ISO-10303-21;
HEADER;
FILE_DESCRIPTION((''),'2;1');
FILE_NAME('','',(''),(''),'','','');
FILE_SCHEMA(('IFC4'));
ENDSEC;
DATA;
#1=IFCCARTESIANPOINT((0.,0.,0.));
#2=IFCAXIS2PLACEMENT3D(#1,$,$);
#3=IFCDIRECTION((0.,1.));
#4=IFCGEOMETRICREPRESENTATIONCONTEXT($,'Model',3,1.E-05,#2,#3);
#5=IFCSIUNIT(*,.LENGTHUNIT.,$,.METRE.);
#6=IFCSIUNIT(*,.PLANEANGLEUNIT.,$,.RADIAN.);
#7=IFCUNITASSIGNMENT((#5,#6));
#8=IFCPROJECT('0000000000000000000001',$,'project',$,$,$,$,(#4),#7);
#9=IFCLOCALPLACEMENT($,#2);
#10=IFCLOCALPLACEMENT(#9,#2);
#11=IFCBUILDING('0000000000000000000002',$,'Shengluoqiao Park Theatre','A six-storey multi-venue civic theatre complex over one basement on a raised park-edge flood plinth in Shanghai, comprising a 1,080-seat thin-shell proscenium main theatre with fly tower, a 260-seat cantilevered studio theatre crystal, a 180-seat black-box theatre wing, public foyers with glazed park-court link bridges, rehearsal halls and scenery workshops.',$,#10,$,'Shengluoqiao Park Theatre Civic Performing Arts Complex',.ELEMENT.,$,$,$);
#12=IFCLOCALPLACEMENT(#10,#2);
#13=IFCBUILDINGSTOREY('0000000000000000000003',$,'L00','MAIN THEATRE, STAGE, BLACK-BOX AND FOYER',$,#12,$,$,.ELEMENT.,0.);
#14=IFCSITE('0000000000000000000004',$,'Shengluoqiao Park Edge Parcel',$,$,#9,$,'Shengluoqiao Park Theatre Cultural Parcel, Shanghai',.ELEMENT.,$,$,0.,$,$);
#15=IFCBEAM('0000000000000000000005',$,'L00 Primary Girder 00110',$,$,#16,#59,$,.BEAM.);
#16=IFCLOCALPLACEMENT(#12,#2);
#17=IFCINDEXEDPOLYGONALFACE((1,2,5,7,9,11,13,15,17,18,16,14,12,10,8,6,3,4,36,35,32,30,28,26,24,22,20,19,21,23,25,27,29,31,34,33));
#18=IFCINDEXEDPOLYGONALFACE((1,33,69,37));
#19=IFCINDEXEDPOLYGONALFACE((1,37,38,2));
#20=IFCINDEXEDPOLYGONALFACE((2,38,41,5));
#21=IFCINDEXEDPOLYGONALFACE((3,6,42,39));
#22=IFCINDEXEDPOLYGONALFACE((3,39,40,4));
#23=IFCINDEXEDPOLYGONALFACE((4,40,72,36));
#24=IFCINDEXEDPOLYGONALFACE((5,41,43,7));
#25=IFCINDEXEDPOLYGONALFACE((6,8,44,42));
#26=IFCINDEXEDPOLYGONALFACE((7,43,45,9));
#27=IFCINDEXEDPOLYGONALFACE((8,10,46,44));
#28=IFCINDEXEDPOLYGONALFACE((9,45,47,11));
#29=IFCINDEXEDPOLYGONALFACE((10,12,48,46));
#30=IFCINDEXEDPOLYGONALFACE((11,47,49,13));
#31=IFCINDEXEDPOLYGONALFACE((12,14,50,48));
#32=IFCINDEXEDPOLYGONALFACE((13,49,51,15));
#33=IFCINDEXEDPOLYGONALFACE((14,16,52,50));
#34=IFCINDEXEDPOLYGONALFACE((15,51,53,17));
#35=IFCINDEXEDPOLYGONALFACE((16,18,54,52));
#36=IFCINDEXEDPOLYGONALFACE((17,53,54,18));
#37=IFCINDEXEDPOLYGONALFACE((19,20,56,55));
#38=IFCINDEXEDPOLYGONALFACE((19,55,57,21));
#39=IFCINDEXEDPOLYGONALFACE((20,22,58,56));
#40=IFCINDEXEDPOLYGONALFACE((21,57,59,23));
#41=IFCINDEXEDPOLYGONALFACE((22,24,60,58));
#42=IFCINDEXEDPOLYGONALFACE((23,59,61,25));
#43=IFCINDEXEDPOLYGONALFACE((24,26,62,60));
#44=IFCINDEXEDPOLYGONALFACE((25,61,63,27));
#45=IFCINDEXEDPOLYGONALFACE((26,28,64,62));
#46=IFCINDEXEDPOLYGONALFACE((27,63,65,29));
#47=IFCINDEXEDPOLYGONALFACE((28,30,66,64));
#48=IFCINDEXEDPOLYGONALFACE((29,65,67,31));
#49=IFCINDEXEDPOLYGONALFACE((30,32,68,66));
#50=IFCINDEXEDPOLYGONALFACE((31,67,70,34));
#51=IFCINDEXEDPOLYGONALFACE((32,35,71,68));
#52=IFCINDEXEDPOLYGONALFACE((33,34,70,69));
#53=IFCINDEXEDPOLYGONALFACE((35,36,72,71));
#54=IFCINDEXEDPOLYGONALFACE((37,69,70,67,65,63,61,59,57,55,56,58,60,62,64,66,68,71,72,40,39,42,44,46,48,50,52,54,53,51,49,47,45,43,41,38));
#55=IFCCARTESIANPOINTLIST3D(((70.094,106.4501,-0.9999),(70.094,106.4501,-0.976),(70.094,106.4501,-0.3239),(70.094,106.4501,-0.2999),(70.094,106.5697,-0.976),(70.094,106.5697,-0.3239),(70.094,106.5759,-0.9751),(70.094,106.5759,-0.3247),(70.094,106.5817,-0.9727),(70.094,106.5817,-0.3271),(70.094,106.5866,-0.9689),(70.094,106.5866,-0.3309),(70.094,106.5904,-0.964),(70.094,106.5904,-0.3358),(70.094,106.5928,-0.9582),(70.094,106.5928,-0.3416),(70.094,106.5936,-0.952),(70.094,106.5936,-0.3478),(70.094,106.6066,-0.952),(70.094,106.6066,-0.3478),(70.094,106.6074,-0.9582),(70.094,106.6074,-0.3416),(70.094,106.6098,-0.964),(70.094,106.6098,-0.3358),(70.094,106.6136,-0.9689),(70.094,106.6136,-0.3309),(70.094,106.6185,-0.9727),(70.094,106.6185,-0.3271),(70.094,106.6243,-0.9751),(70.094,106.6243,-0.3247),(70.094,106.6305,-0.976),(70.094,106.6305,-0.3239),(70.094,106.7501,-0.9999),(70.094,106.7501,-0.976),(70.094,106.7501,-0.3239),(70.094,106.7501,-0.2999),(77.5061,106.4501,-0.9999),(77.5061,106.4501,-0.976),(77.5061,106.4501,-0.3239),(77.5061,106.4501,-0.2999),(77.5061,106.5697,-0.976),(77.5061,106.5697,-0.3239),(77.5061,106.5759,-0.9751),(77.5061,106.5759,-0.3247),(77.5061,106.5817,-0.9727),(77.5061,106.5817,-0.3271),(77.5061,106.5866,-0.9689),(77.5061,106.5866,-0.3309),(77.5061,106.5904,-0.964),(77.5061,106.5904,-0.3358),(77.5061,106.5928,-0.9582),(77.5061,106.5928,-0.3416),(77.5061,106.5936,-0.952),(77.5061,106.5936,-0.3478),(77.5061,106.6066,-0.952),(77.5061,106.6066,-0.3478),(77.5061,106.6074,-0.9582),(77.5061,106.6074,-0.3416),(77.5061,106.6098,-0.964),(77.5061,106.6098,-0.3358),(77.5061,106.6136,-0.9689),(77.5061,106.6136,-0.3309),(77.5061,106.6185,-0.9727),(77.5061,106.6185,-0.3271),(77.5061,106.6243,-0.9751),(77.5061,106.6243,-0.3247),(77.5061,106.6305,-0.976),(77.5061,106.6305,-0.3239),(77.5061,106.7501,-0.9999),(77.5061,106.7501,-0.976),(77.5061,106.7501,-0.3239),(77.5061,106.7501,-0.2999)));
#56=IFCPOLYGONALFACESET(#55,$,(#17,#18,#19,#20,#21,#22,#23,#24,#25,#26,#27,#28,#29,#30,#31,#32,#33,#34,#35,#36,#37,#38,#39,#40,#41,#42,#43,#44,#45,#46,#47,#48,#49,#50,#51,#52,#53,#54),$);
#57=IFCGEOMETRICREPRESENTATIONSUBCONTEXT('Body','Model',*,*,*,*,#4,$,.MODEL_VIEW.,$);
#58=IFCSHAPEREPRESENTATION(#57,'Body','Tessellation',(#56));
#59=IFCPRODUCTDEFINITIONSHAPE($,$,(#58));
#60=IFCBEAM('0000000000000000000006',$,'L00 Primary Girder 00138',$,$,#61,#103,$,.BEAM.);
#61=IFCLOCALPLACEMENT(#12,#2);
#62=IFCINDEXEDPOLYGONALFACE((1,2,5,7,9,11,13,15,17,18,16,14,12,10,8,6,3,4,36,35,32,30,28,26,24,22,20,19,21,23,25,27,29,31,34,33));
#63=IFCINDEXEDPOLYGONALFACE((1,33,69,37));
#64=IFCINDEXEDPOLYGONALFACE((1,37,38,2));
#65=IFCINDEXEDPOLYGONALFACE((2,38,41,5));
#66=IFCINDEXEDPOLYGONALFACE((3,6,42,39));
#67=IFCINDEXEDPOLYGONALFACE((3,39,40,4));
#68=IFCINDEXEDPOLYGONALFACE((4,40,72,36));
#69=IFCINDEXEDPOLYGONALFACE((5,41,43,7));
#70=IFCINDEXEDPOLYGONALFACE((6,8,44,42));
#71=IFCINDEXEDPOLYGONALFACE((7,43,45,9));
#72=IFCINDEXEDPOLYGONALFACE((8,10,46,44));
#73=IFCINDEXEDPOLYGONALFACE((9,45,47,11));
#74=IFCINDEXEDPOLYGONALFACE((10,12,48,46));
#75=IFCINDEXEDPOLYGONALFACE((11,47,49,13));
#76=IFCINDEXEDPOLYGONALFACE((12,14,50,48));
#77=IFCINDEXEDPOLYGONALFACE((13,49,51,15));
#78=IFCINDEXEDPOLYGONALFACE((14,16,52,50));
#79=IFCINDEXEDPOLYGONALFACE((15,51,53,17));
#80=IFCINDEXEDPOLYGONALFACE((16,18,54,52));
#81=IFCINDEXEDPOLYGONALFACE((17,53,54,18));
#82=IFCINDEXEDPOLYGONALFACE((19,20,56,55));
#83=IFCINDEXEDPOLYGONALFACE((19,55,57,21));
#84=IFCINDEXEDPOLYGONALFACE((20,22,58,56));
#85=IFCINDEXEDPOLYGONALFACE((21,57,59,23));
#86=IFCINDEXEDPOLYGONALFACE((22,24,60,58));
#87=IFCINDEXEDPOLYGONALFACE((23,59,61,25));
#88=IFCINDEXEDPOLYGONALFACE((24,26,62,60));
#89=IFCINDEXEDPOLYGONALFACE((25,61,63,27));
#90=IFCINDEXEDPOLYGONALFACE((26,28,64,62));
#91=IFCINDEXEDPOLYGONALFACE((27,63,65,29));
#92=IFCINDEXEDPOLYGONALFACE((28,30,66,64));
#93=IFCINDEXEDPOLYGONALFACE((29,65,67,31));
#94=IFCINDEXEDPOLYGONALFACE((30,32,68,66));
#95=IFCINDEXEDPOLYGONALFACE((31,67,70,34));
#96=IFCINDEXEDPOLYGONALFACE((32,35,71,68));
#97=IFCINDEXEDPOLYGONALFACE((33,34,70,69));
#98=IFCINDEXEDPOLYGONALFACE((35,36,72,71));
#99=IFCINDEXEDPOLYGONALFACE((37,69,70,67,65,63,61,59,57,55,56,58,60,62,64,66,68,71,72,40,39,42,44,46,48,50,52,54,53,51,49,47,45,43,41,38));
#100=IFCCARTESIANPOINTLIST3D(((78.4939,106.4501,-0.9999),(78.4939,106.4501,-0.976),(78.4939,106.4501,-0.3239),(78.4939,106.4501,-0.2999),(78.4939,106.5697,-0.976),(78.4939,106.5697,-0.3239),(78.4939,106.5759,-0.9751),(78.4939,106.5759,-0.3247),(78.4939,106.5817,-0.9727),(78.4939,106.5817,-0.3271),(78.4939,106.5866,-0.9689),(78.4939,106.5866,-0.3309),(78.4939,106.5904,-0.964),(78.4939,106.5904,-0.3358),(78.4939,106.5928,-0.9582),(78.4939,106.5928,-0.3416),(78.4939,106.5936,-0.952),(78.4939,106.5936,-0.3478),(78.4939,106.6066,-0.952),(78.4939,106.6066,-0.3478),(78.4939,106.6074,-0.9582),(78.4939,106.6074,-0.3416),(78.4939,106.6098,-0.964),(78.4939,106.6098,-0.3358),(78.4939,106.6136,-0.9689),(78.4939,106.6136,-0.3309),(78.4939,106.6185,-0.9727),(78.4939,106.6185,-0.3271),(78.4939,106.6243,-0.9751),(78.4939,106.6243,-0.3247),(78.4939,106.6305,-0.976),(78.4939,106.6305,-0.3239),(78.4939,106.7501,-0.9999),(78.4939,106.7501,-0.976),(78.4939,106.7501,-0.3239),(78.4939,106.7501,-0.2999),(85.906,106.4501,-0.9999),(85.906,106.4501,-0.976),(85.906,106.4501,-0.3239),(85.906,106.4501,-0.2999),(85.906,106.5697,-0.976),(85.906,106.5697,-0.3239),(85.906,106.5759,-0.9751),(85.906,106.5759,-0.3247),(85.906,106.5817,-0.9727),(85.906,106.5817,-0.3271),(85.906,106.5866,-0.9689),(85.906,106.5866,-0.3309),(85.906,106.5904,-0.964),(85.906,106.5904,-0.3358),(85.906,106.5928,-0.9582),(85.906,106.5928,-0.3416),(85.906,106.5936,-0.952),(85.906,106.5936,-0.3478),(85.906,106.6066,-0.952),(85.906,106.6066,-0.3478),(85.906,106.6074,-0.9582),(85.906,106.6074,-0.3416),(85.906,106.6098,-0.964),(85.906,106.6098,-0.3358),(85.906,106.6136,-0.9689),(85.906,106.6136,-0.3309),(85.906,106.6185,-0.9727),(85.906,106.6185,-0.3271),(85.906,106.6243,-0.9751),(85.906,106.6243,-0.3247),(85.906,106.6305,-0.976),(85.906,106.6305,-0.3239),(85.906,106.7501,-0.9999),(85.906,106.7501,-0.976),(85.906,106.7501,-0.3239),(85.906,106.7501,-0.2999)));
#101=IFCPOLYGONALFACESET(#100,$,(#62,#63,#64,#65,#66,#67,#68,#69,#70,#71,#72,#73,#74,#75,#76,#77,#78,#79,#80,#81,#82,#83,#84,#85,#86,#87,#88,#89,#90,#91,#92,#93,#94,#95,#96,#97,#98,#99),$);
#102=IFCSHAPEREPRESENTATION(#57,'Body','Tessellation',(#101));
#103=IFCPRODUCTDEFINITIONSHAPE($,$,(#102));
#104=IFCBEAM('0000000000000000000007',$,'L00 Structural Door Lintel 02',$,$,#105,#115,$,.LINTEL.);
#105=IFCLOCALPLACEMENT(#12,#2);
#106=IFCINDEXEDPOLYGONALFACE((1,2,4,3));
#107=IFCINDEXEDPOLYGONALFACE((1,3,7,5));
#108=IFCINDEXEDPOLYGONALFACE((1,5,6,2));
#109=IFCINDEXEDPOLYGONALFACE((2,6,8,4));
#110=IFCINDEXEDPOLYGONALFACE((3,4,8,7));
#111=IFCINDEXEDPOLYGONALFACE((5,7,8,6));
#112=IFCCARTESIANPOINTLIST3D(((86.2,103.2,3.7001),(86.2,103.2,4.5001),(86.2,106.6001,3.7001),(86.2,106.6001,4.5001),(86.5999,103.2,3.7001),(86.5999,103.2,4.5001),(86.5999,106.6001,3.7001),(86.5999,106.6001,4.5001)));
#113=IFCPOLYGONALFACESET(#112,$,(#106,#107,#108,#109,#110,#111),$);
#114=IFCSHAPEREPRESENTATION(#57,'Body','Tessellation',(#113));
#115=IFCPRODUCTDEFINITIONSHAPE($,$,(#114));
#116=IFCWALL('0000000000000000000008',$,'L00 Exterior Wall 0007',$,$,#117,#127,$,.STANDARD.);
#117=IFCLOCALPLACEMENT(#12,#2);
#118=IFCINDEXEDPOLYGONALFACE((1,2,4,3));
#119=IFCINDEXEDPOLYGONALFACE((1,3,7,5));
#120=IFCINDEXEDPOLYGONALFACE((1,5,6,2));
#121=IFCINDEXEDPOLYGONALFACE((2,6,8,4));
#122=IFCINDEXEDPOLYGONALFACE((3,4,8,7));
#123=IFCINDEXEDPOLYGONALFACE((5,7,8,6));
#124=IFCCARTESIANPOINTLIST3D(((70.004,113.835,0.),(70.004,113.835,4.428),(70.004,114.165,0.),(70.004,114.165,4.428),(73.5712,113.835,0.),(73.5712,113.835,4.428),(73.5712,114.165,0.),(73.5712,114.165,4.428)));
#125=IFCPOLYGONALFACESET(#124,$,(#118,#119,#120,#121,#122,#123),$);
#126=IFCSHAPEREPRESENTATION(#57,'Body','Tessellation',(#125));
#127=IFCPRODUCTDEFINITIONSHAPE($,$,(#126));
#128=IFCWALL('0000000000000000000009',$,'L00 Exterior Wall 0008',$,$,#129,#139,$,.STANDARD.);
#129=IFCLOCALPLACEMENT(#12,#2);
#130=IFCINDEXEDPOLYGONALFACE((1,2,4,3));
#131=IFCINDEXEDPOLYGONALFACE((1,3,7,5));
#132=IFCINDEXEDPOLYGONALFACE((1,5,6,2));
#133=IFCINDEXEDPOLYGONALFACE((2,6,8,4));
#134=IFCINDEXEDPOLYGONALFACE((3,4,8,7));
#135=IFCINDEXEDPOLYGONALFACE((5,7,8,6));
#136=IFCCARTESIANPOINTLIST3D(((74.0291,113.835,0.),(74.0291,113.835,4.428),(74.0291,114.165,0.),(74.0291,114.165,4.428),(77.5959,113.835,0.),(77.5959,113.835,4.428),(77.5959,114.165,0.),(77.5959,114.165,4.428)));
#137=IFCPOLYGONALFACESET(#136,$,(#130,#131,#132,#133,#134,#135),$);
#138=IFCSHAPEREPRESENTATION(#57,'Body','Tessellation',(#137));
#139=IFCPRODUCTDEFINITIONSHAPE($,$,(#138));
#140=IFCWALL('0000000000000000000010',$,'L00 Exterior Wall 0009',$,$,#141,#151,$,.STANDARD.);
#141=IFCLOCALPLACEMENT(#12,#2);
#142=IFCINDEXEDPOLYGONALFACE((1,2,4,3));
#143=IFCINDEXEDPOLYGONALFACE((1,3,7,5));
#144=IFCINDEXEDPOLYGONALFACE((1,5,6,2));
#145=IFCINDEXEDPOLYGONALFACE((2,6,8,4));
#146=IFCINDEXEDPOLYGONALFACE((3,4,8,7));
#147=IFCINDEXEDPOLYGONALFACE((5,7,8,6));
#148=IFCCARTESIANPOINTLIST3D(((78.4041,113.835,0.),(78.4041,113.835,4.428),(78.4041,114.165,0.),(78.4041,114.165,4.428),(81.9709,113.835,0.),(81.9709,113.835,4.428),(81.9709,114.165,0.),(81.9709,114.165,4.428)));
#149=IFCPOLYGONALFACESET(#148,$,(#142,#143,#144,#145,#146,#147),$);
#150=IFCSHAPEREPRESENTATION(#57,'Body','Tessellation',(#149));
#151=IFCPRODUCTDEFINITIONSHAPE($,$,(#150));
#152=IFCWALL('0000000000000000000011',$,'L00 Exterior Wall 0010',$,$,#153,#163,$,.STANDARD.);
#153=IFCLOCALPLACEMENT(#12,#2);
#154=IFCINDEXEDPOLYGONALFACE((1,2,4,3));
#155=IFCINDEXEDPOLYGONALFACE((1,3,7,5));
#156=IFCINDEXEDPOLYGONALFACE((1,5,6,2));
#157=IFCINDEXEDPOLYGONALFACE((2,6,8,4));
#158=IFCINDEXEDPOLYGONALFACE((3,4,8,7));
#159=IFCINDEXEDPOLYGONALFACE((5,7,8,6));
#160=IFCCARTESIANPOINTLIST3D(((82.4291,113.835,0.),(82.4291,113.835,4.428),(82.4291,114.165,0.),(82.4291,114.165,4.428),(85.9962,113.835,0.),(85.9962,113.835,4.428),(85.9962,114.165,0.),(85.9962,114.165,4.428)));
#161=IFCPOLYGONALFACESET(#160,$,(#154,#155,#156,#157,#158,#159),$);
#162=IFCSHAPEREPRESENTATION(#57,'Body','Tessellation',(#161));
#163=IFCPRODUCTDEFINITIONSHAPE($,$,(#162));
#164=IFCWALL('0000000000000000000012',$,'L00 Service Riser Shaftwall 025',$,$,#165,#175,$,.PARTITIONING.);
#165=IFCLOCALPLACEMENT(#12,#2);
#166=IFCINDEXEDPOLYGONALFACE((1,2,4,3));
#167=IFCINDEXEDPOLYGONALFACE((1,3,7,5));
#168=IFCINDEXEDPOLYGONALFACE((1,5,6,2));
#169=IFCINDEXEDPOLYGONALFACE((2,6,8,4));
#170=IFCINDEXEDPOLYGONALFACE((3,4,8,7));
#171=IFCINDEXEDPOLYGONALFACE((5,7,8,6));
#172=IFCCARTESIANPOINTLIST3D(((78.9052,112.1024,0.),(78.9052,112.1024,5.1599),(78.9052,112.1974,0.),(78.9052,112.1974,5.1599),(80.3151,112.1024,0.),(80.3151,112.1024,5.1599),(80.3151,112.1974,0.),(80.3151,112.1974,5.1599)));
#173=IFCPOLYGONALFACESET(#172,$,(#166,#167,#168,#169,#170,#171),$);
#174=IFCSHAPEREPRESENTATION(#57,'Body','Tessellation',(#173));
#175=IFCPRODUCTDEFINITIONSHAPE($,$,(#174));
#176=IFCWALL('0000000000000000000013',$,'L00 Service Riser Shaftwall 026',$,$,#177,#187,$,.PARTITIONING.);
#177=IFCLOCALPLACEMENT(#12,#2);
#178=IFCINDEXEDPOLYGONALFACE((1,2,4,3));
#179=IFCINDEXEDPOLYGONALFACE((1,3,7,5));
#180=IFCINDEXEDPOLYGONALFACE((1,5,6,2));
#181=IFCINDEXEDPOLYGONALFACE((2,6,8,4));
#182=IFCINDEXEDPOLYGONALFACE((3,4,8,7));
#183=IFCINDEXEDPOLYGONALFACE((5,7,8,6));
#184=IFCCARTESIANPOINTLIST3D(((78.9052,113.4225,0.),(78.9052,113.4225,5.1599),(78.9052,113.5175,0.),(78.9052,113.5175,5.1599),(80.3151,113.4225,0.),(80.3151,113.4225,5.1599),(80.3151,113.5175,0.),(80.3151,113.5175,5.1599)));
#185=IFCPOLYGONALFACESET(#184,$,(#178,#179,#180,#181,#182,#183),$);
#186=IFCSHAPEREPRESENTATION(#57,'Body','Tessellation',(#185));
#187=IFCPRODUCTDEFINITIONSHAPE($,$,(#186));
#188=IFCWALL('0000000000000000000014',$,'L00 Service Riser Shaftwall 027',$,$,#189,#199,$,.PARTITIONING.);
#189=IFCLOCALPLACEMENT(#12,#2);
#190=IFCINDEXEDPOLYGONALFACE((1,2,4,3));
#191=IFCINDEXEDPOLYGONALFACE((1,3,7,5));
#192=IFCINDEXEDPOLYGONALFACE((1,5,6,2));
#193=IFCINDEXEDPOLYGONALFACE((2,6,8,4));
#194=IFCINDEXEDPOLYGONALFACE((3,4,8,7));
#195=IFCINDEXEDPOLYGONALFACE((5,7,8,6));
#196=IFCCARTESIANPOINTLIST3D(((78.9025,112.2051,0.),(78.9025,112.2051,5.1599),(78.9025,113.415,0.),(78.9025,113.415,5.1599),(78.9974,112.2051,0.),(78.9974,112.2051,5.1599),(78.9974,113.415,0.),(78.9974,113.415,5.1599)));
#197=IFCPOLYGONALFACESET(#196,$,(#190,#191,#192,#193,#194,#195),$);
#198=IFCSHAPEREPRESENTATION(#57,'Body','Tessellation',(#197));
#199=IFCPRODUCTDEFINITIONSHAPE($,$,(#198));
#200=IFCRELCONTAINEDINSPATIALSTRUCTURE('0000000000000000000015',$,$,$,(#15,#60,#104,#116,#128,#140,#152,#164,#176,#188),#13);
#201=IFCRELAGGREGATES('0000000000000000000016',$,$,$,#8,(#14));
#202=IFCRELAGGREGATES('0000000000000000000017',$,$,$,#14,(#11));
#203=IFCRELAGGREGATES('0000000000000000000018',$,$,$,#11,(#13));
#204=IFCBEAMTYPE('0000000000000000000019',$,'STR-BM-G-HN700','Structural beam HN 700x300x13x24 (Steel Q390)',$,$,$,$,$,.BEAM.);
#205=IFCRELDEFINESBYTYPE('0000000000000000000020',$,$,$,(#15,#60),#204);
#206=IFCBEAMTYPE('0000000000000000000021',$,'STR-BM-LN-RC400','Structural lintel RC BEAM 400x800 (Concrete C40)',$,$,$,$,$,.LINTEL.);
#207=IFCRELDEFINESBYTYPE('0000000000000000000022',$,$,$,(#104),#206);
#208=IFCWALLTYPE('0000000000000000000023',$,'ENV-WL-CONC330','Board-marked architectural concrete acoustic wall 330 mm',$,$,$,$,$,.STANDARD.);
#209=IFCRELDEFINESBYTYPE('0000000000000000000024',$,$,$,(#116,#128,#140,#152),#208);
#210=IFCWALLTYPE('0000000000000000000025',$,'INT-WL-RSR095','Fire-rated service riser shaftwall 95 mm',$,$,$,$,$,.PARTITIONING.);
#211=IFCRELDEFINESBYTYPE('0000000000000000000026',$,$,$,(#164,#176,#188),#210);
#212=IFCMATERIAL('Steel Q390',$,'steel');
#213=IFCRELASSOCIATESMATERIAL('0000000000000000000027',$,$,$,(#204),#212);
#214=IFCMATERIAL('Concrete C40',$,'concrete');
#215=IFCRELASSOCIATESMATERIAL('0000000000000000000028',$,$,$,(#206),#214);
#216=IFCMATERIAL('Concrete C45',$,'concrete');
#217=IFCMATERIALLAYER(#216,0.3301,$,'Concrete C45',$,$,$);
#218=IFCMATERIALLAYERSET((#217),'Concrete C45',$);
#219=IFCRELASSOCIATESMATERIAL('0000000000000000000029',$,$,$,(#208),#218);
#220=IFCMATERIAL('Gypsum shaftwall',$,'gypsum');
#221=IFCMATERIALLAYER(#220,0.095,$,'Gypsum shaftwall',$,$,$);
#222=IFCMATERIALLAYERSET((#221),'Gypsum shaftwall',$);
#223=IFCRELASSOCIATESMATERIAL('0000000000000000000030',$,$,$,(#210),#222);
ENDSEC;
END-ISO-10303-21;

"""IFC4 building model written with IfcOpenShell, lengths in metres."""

from ifc_helpers import new_model, si_unit, direction, frame, frame_2d, origin, origin_2d, place, context, subcontext, project, spatial, rectangle, i_section, extrude, material, layer, layer_set, material_profile, profile_set, type_object, element, save


model = new_model("IFC4")

# Units and contexts
model_context = context("Model", 3, precision=1e-05, world=origin(), true_north=direction((0.0, 1.0)))
body_context = subcontext(model_context, "Body", "Model", "MODEL_VIEW")
ifc_project = project(units=[si_unit("LENGTHUNIT", "METRE"), si_unit("PLANEANGLEUNIT", "RADIAN")], contexts=[model_context])

# Site, building, storey
site_placement = place(None, origin())
site = spatial("IfcSite", under=ifc_project, at=site_placement, Name="Shengluoqiao Park Edge Parcel", LongName="Shengluoqiao Park Theatre Cultural Parcel, Shanghai", CompositionType="ELEMENT", RefElevation=0.0)
building_placement = place(site_placement, origin())
building = spatial("IfcBuilding", under=site, at=building_placement, Name="Shengluoqiao Park Theatre", Description="A six-storey multi-venue civic theatre complex over one basement on a raised park-edge flood plinth in Shanghai, comprising a 1,080-seat thin-shell proscenium main theatre with fly tower, a 260-seat cantilevered studio theatre crystal, a 180-seat black-box theatre wing, public foyers with glazed park-court link bridges, rehearsal halls and scenery workshops.", LongName="Shengluoqiao Park Theatre Civic Performing Arts Complex", CompositionType="ELEMENT")
storey_placement = place(building_placement, origin())
storey = spatial("IfcBuildingStorey", under=building, at=storey_placement, Name="L00", Description="MAIN THEATRE, STAGE, BLACK-BOX AND FOYER", CompositionType="ELEMENT", Elevation=0.0)

# Beams
ifc_material_1 = material(Name="Concrete C40", Category="concrete")
ifc_material_2 = material(Name="Steel Q390", Category="steel")
ifc_material_profile_1 = material_profile(ifc_material_2, i_section(OverallWidth=0.3, OverallDepth=0.7, WebThickness=0.0129, FlangeThickness=0.0239, FilletRadius=0.0239, at=origin_2d()), Name="HN 700x300x13x24")
ifc_profile_set_1 = profile_set([ifc_material_profile_1], Name="Steel Q390")
beam_type_1 = type_object("IfcBeamType", Name="STR-BM-G-HN700", Description="Structural beam HN 700x300x13x24 (Steel Q390)", PredefinedType="BEAM", material=ifc_profile_set_1)
for number, where, z_axis, x_axis, name in (
    (1, (70.094, 106.6001, -0.6499), (1.0, 0.0, 0.0), (0.0, 1.0, 0.0), "L00 Primary Girder 00110"),
    (2, (78.4939, 106.6001, -0.6499), (1.0, 0.0, 0.0), (0.0, 1.0, 0.0), "L00 Primary Girder 00138"),
):
    element("IfcBeam", number, at=place(storey_placement, frame(where, z_axis=z_axis, x_axis=x_axis)), inside=storey, type_object=beam_type_1, Name=name, PredefinedType="BEAM", context=body_context, shape_type="SweptSolid", body=[
        extrude(i_section(OverallWidth=0.3, OverallDepth=0.7, WebThickness=0.0129, FlangeThickness=0.0239, FilletRadius=0.0239, at=origin_2d()), origin(), (0.0, 0.0, 1.0), 7.4121),
    ])
ifc_material_profile_2 = material_profile(ifc_material_1, rectangle(XDim=0.3999, YDim=0.8, at=origin_2d()), Name="RC BEAM 400x800")
ifc_profile_set_2 = profile_set([ifc_material_profile_2], Name="Concrete C40")
beam_type_2 = type_object("IfcBeamType", Name="STR-BM-LN-RC400", Description="Structural lintel RC BEAM 400x800 (Concrete C40)", PredefinedType="LINTEL", material=ifc_profile_set_2)
beam_1_placement = place(storey_placement, frame((86.3999, 103.2, 4.1001), z_axis=(0.0, 1.0, 0.0), x_axis=(-1.0, 0.0, 0.0)))
element("IfcBeam", 3, at=beam_1_placement, inside=storey, type_object=beam_type_2, Name="L00 Structural Door Lintel 02", PredefinedType="LINTEL", context=body_context, shape_type="SweptSolid", body=[
    extrude(rectangle(XDim=0.3999, YDim=0.8, at=origin_2d()), origin(), (0.0, 0.0, 1.0), 3.4001),
])

# Walls
ifc_material_3 = material(Name="Concrete C45", Category="concrete")
ifc_layer_1 = layer(ifc_material_3, 0.3301, Name="Concrete C45")
ifc_layer_set_1 = layer_set([ifc_layer_1], Name="Concrete C45")
wall_type_1 = type_object("IfcWallType", Name="ENV-WL-CONC330", Description="Board-marked architectural concrete acoustic wall 330 mm", PredefinedType="STANDARD", material=ifc_layer_set_1)
wall_1_placement = place(storey_placement, frame((70.0039, 114.0, 0.0), z_axis=(0.0, 0.0, 1.0), x_axis=(1.0, 0.0, 0.0)))
element("IfcWall", 4, at=wall_1_placement, inside=storey, type_object=wall_type_1, Name="L00 Exterior Wall 0007", PredefinedType="STANDARD", context=body_context, shape_type="SweptSolid", body=[
    extrude(rectangle(XDim=3.5671, YDim=0.3301, at=frame_2d((1.7837, 0.0))), origin(), (0.0, 0.0, 1.0), 4.428),
])
for number, where, z_axis, x_axis, name in (
    (5, (74.0291, 114.0, 0.0), (0.0, 0.0, 1.0), (1.0, 0.0, 0.0), "L00 Exterior Wall 0008"),
    (6, (78.4041, 114.0, 0.0), (0.0, 0.0, 1.0), (1.0, 0.0, 0.0), "L00 Exterior Wall 0009"),
):
    element("IfcWall", number, at=place(storey_placement, frame(where, z_axis=z_axis, x_axis=x_axis)), inside=storey, type_object=wall_type_1, Name=name, PredefinedType="STANDARD", context=body_context, shape_type="SweptSolid", body=[
        extrude(rectangle(XDim=3.5669, YDim=0.3301, at=frame_2d((1.7834, 0.0))), origin(), (0.0, 0.0, 1.0), 4.428),
    ])
wall_2_placement = place(storey_placement, frame((82.429, 114.0, 0.0), z_axis=(0.0, 0.0, 1.0), x_axis=(1.0, 0.0, 0.0)))
element("IfcWall", 7, at=wall_2_placement, inside=storey, type_object=wall_type_1, Name="L00 Exterior Wall 0010", PredefinedType="STANDARD", context=body_context, shape_type="SweptSolid", body=[
    extrude(rectangle(XDim=3.5671, YDim=0.3301, at=frame_2d((1.7837, 0.0))), origin(), (0.0, 0.0, 1.0), 4.428),
])
ifc_material_4 = material(Name="Gypsum shaftwall", Category="gypsum")
ifc_layer_2 = layer(ifc_material_4, 0.095, Name="Gypsum shaftwall")
ifc_layer_set_2 = layer_set([ifc_layer_2], Name="Gypsum shaftwall")
wall_type_2 = type_object("IfcWallType", Name="INT-WL-RSR095", Description="Fire-rated service riser shaftwall 95 mm", PredefinedType="PARTITIONING", material=ifc_layer_set_2)
for number, where, z_axis, x_axis, name in (
    (8, (78.905, 112.1499, 0.0), (0.0, 0.0, 1.0), (1.0, 0.0, 0.0), "L00 Service Riser Shaftwall 025"),
    (9, (78.905, 113.47, 0.0), (0.0, 0.0, 1.0), (1.0, 0.0, 0.0), "L00 Service Riser Shaftwall 026"),
):
    element("IfcWall", number, at=place(storey_placement, frame(where, z_axis=z_axis, x_axis=x_axis)), inside=storey, type_object=wall_type_2, Name=name, PredefinedType="PARTITIONING", context=body_context, shape_type="SweptSolid", body=[
        extrude(rectangle(XDim=1.4099, YDim=0.095, at=frame_2d((0.7051, 0.0))), origin(), (0.0, 0.0, 1.0), 5.1599),
    ])
for number, where, z_axis, x_axis, name in (
    (10, (78.95, 112.2051, 0.0), (0.0, 0.0, 1.0), (0.0, 1.0, 0.0), "L00 Service Riser Shaftwall 027"),
):
    element("IfcWall", number, at=place(storey_placement, frame(where, z_axis=z_axis, x_axis=x_axis)), inside=storey, type_object=wall_type_2, Name=name, PredefinedType="PARTITIONING", context=body_context, shape_type="SweptSolid", body=[
        extrude(rectangle(XDim=1.21, YDim=0.095, at=frame_2d((0.605, 0.0))), origin(), (0.0, 0.0, 1.0), 5.1599),
    ])

save(model, "model.ifc")
